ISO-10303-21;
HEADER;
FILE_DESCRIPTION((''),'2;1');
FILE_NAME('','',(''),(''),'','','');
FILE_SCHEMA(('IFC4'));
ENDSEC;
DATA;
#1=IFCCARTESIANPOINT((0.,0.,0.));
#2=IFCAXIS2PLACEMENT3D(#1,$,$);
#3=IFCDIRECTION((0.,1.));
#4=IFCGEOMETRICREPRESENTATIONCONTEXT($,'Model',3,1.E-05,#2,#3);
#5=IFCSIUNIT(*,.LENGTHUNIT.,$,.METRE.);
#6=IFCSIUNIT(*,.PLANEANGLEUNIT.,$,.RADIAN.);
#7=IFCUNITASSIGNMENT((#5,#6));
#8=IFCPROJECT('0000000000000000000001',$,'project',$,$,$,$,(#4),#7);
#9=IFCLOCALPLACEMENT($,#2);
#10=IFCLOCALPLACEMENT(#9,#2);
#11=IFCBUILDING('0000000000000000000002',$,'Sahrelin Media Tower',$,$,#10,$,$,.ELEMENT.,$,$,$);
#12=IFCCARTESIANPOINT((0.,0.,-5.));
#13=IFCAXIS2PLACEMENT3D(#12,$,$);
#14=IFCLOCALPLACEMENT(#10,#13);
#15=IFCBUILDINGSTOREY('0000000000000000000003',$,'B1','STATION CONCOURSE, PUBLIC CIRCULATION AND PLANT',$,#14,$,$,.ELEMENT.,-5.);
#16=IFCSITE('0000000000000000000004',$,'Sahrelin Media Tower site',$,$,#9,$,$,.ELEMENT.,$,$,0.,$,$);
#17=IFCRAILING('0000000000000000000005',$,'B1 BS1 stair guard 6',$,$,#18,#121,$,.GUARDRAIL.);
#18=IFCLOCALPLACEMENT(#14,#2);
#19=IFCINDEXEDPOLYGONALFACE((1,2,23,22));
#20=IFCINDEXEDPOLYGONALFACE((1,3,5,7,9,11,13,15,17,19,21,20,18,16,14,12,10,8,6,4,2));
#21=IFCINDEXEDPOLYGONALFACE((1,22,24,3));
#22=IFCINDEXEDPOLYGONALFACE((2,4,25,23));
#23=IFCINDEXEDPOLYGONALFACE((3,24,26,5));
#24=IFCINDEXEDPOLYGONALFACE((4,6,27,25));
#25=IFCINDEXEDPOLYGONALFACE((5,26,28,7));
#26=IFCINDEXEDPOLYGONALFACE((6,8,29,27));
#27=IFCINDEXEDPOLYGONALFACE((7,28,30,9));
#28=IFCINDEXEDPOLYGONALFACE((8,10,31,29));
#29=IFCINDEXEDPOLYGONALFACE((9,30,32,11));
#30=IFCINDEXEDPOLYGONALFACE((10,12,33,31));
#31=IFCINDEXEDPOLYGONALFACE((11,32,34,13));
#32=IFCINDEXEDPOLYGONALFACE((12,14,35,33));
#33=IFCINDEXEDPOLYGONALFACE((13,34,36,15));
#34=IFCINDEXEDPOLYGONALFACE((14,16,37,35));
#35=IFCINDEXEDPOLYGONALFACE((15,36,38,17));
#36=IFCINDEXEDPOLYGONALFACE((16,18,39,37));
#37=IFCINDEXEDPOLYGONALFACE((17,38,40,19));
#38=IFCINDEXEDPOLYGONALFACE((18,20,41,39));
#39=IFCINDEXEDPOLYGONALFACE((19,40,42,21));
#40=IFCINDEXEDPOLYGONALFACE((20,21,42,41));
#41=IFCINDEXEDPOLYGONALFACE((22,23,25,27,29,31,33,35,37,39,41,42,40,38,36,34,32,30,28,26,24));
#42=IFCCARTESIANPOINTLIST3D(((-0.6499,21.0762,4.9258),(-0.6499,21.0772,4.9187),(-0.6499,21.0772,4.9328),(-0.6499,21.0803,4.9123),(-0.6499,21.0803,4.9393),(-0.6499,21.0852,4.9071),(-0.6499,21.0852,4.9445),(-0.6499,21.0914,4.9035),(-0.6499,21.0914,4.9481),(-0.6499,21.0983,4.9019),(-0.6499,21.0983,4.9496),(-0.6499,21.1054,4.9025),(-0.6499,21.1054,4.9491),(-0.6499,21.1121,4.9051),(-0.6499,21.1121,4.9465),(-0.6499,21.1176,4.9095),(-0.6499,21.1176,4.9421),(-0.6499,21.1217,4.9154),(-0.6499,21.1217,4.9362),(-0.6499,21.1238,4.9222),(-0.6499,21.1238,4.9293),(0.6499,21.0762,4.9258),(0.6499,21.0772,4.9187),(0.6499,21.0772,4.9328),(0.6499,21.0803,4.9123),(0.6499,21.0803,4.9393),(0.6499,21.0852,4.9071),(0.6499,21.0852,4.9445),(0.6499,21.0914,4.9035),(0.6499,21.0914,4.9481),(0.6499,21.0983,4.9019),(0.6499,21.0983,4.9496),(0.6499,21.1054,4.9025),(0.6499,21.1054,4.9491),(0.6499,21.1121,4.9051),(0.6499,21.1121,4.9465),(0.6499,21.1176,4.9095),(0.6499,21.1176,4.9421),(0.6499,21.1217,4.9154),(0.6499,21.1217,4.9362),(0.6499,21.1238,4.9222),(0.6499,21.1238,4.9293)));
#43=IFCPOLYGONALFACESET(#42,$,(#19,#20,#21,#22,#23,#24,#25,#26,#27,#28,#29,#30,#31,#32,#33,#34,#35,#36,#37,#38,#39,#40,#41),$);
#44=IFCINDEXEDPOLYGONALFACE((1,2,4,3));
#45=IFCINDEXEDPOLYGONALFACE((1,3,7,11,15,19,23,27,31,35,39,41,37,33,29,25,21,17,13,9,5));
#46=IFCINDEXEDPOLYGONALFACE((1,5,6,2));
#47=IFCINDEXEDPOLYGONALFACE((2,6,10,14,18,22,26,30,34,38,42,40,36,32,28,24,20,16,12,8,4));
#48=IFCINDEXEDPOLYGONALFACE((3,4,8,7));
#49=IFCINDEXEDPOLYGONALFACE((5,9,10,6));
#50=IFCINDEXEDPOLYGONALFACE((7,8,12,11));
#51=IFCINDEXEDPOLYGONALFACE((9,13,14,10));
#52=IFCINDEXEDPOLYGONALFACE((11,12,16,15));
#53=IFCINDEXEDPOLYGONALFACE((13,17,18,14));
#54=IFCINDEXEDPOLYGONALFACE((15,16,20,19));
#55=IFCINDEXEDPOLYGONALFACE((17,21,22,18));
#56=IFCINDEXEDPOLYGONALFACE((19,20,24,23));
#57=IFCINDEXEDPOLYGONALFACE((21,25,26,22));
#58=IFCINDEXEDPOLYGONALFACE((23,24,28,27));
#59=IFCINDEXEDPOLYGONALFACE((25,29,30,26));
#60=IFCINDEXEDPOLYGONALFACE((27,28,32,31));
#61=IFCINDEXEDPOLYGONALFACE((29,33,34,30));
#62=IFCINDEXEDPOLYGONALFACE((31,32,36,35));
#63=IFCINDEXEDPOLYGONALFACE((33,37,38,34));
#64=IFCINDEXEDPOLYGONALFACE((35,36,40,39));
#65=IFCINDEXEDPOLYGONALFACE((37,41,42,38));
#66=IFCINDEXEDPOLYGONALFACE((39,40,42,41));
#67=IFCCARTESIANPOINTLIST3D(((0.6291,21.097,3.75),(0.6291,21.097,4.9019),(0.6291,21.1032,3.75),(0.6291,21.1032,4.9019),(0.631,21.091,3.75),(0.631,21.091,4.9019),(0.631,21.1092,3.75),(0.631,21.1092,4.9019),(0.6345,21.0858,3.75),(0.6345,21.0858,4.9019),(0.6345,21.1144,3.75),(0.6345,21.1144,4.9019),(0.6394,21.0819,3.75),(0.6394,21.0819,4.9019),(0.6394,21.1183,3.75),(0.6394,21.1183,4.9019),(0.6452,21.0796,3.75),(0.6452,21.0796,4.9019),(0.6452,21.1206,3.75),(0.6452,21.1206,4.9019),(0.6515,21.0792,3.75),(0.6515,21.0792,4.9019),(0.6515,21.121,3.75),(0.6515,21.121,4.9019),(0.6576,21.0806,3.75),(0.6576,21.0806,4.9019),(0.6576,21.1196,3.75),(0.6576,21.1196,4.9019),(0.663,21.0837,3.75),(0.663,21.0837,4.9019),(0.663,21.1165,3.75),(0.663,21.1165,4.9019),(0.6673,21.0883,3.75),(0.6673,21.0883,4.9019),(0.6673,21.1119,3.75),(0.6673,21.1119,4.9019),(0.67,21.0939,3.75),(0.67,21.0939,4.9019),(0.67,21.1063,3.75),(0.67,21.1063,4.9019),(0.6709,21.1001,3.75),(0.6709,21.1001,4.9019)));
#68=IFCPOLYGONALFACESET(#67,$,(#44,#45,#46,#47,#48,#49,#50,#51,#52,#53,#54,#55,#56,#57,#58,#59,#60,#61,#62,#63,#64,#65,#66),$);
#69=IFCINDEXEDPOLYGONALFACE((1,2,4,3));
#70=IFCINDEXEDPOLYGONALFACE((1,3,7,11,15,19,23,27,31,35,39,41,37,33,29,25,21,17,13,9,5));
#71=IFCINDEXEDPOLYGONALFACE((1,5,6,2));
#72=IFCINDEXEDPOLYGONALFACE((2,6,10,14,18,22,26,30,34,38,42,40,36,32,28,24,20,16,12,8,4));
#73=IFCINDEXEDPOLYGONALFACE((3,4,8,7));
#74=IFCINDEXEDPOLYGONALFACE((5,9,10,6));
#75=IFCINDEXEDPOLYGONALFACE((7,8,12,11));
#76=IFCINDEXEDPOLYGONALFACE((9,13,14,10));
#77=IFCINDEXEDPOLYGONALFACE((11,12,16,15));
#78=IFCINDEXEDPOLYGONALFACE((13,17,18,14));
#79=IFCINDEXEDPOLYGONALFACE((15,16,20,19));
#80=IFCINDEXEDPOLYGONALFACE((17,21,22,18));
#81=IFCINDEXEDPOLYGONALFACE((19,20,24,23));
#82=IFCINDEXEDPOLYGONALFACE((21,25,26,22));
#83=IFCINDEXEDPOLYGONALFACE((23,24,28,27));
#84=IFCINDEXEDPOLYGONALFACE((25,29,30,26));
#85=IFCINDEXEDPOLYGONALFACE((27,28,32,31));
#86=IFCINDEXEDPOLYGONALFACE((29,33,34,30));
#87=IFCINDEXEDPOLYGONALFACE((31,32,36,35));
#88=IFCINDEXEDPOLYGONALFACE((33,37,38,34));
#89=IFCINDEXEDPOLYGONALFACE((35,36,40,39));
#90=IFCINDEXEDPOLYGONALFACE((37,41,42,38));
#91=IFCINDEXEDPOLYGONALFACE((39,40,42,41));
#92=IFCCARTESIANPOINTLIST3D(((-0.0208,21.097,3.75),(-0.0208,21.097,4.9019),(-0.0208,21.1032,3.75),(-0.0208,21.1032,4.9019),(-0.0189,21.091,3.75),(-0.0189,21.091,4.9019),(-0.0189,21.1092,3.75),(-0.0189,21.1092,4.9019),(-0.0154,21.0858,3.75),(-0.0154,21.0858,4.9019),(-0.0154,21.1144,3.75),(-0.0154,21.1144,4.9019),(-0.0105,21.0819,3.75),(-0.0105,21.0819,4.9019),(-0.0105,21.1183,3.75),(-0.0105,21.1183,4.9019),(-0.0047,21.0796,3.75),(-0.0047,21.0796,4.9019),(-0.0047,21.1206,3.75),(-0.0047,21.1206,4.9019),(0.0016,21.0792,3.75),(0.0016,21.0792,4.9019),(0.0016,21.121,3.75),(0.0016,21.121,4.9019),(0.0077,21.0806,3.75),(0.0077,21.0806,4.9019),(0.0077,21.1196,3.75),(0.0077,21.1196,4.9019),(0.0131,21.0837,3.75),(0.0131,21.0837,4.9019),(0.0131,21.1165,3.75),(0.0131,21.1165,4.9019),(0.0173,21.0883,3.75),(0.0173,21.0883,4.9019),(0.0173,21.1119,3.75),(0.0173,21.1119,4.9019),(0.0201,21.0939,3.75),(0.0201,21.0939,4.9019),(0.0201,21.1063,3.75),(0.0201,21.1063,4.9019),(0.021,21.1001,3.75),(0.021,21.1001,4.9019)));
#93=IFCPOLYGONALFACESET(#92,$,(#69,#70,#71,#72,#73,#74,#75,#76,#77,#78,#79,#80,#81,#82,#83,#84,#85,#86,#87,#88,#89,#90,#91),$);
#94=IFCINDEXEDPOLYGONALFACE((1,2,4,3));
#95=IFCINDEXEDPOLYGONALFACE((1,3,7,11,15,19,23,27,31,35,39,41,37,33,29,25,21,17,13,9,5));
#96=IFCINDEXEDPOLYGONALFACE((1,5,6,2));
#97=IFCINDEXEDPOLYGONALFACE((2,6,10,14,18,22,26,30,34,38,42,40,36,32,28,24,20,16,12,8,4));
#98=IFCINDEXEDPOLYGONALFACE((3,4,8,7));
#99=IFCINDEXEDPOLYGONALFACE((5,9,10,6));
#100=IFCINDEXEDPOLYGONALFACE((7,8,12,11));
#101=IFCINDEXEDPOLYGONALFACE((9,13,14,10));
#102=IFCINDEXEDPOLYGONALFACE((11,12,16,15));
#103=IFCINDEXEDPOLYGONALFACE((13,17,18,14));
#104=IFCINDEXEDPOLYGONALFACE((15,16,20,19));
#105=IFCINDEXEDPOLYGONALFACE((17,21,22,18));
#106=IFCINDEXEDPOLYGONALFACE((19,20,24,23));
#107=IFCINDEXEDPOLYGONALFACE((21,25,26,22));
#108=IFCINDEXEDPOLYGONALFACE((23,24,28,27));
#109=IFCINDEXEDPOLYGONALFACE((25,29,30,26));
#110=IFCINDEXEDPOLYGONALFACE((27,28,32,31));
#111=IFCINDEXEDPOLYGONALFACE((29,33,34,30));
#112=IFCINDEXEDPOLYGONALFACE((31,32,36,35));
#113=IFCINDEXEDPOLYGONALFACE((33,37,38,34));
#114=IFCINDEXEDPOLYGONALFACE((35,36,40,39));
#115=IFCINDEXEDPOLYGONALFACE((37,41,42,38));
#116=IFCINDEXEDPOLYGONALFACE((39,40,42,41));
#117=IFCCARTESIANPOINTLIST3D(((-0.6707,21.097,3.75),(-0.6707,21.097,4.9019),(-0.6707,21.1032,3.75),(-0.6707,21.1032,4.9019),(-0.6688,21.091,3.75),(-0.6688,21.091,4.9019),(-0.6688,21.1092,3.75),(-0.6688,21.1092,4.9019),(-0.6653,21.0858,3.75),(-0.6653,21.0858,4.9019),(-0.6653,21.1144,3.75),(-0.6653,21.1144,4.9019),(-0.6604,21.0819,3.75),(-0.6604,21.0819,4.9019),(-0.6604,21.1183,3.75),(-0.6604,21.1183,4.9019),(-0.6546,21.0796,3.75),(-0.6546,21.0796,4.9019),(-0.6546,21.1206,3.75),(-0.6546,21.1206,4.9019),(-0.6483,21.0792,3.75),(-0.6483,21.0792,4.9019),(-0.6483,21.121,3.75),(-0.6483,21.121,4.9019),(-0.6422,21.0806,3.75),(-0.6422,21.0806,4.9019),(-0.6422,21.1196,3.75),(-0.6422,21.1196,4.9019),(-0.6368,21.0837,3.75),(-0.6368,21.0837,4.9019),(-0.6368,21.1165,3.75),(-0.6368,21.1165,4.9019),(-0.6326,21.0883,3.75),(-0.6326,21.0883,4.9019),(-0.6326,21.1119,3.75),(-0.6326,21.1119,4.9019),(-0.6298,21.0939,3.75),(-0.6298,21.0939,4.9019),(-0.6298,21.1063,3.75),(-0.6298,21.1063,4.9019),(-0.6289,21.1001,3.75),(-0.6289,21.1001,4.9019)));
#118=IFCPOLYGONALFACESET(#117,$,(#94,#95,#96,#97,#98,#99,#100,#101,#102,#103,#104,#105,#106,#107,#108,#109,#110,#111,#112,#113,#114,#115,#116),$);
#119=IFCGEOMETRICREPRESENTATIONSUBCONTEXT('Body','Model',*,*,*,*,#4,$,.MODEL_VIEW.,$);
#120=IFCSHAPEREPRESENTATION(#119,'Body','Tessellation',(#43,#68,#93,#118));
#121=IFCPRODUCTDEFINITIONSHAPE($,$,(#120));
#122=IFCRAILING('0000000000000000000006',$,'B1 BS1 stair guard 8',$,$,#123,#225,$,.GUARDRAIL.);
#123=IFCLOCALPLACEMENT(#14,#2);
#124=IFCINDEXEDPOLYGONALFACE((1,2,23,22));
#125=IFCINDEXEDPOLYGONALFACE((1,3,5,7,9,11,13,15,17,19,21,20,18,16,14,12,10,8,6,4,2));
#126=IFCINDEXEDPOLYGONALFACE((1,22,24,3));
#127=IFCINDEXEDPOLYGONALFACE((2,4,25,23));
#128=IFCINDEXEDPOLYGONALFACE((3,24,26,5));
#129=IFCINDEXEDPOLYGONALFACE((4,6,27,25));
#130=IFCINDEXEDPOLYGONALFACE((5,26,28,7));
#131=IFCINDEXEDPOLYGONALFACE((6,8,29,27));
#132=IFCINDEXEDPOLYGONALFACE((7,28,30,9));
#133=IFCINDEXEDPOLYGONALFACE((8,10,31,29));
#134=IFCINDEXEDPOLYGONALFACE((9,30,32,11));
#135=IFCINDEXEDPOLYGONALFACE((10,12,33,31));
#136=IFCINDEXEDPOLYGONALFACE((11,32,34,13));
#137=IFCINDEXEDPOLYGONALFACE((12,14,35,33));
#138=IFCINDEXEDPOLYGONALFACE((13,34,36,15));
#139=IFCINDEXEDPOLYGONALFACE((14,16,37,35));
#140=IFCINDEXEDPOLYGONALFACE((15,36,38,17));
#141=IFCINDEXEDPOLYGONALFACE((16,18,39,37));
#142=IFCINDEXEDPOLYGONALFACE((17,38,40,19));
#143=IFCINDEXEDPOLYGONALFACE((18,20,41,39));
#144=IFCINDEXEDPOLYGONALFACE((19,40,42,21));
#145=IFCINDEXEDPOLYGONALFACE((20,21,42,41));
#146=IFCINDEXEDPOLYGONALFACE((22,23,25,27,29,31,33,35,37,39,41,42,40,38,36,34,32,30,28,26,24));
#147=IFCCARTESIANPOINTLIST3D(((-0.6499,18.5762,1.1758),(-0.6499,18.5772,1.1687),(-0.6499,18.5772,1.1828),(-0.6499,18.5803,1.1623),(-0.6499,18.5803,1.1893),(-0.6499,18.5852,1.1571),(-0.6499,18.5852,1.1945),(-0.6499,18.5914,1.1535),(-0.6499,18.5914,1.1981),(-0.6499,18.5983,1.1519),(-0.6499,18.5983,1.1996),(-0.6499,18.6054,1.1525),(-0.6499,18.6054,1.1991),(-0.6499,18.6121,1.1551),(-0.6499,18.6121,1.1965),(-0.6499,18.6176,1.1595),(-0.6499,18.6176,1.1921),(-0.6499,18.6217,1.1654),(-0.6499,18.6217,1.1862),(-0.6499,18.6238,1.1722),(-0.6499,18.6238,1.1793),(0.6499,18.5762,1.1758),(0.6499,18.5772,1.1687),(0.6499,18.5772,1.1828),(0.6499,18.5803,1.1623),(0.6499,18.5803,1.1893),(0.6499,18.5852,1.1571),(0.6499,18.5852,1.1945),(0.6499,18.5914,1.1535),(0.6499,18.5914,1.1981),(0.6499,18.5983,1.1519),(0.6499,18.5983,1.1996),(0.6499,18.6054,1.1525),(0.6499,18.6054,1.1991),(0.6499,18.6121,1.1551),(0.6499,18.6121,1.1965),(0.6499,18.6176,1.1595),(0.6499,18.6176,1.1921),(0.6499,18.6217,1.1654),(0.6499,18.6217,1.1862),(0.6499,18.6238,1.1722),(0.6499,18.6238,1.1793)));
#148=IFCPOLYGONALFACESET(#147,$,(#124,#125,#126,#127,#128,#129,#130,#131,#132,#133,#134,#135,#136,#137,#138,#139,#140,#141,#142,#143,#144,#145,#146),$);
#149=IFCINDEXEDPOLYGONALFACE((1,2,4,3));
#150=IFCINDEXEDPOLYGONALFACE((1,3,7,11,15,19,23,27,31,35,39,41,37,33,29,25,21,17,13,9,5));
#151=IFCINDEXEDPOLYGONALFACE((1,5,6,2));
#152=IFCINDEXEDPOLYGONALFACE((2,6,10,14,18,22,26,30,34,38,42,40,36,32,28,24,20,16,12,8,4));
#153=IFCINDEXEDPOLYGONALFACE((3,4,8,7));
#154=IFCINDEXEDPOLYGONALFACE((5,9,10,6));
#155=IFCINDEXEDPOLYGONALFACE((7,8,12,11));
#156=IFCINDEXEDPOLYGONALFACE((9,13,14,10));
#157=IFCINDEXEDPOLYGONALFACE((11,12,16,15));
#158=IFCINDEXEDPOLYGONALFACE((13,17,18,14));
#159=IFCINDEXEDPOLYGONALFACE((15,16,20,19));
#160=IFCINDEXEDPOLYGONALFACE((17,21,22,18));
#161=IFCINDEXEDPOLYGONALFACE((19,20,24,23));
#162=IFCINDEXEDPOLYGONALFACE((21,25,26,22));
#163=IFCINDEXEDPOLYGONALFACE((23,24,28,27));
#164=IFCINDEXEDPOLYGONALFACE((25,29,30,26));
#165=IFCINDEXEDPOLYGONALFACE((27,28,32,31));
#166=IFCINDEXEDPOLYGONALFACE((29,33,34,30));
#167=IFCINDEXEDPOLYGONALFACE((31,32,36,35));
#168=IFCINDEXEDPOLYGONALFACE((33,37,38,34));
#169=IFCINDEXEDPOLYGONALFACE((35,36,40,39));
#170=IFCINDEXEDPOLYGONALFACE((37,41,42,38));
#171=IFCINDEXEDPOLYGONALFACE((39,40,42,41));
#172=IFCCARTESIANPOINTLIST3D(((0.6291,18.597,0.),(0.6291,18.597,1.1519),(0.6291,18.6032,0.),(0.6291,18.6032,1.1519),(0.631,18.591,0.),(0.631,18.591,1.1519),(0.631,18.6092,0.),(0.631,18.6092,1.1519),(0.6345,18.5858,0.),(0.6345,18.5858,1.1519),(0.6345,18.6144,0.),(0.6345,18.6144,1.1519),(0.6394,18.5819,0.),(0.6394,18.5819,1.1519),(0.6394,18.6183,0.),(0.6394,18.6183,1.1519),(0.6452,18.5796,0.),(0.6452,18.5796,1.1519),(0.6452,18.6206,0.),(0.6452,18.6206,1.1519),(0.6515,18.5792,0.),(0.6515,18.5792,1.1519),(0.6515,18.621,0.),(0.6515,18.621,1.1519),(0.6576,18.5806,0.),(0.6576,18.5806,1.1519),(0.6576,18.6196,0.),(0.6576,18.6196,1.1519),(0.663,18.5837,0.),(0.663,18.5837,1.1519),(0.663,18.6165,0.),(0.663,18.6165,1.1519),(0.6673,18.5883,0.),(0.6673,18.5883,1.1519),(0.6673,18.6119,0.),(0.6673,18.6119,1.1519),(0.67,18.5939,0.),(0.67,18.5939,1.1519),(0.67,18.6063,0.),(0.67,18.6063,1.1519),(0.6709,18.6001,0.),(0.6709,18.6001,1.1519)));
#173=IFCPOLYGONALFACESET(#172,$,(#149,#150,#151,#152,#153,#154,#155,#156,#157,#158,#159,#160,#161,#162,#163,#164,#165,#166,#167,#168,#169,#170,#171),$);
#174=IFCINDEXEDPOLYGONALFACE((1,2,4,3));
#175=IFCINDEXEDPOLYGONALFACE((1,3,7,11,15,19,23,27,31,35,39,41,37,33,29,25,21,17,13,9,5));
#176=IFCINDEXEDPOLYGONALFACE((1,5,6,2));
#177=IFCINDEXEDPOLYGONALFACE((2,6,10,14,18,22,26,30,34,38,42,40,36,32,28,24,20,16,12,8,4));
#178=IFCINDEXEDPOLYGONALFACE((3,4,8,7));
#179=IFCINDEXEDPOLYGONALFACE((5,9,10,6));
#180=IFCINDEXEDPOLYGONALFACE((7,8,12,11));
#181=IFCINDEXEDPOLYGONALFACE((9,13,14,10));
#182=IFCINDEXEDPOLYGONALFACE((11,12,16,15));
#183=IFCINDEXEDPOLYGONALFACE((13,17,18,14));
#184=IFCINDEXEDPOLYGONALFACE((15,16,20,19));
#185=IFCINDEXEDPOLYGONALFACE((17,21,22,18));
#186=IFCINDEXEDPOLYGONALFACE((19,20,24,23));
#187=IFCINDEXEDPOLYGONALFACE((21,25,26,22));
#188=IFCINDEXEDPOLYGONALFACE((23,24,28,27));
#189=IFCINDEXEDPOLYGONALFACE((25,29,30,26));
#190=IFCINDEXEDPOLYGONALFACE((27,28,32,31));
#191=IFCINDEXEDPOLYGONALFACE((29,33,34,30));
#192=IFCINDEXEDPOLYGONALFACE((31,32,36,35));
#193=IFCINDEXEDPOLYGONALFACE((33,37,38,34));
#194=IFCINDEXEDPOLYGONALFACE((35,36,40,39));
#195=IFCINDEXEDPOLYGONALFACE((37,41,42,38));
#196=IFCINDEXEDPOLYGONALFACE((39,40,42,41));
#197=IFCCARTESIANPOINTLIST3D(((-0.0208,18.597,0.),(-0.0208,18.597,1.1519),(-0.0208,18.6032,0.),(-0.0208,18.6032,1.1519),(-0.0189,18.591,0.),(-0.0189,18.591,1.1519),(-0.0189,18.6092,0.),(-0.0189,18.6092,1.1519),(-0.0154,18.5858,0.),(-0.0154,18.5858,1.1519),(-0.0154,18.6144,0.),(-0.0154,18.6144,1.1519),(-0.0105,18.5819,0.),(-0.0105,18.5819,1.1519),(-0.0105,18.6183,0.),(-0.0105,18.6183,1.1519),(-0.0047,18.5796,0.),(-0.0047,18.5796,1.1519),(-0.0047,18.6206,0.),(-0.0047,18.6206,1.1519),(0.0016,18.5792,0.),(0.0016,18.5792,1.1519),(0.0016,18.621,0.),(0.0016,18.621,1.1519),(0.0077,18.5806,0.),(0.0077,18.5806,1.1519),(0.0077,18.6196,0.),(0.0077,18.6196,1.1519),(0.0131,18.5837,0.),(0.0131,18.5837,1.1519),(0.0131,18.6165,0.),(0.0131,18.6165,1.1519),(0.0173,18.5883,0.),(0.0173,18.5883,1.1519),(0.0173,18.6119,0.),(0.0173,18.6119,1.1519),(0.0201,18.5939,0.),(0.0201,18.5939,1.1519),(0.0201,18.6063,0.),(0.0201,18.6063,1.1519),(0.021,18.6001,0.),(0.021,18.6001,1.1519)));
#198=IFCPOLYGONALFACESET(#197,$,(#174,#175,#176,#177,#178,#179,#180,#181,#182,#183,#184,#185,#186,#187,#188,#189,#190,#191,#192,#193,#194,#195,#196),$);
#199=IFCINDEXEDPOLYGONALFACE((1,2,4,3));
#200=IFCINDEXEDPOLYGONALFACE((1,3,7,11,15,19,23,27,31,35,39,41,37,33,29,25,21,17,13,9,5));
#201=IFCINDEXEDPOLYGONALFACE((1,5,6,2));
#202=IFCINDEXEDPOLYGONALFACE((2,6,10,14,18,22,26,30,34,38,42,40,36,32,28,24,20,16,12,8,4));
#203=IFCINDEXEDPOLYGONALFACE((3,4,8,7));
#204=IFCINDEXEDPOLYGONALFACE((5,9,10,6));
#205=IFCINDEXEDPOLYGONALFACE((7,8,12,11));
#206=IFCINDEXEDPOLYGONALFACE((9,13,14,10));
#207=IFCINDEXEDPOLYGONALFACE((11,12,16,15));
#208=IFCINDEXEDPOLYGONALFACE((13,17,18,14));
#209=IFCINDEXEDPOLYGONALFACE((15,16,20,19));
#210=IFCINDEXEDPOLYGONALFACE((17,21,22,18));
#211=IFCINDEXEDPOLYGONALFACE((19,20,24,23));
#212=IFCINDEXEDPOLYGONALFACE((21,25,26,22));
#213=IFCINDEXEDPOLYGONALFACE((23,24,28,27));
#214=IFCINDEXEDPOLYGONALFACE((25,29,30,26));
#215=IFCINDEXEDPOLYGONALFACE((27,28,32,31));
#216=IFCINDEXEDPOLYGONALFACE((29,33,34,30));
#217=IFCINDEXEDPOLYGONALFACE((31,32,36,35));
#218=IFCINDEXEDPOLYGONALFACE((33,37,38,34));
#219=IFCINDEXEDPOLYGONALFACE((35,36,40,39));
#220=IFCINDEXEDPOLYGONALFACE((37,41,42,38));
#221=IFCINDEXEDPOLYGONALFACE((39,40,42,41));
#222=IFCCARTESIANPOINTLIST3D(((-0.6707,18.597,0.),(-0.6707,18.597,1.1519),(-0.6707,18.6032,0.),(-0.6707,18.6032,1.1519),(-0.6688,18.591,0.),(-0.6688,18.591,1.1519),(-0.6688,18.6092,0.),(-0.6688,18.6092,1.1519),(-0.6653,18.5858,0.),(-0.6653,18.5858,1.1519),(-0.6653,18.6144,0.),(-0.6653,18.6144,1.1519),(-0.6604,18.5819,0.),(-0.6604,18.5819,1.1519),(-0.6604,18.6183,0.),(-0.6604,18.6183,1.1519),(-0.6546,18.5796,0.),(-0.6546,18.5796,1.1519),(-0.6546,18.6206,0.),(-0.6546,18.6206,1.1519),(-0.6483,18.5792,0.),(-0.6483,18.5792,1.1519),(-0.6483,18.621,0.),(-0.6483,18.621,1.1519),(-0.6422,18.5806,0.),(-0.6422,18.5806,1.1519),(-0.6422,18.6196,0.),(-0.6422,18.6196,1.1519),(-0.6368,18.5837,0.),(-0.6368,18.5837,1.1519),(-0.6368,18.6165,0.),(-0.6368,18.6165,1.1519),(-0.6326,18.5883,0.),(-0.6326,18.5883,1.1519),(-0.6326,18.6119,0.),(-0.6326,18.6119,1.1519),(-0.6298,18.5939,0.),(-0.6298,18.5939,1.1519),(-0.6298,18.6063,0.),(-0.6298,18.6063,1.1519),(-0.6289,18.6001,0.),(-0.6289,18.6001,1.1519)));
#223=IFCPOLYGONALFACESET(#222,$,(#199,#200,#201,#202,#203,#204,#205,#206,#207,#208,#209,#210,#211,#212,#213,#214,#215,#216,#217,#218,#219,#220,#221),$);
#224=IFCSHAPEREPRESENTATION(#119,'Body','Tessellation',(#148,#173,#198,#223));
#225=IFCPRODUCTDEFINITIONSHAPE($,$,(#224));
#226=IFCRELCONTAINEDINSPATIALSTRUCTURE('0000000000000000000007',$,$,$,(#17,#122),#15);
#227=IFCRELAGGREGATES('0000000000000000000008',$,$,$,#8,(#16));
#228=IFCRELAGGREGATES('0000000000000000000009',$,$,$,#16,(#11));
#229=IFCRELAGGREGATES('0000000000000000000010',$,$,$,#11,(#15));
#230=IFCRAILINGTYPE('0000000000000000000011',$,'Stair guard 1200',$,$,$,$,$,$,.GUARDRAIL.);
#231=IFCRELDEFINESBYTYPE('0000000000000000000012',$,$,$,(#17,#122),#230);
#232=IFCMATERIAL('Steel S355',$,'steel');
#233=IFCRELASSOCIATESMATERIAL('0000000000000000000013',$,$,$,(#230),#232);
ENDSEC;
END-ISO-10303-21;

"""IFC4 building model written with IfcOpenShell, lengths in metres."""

from ifc_helpers import new_model, si_unit, direction, frame, origin, origin_2d, place, context, subcontext, project, spatial, circle, extrude, material, type_object, element, save


model = new_model("IFC4")

# Units and contexts
model_context = context("Model", 3, precision=1e-05, world=origin(), true_north=direction((0.0, 1.0)))
body_context = subcontext(model_context, "Body", "Model", "MODEL_VIEW")
ifc_project = project(units=[si_unit("LENGTHUNIT", "METRE"), si_unit("PLANEANGLEUNIT", "RADIAN")], contexts=[model_context])

# Site, building, storey
site_placement = place(None, origin())
site = spatial("IfcSite", under=ifc_project, at=site_placement, Name="Sahrelin Media Tower site", CompositionType="ELEMENT", RefElevation=0.0)
building_placement = place(site_placement, origin())
building = spatial("IfcBuilding", under=site, at=building_placement, Name="Sahrelin Media Tower", CompositionType="ELEMENT")
storey_placement = place(building_placement, frame((0.0, 0.0, -5.0)))
storey = spatial("IfcBuildingStorey", under=building, at=storey_placement, Name="B1", Description="STATION CONCOURSE, PUBLIC CIRCULATION AND PLANT", CompositionType="ELEMENT", Elevation=-5.0)

# Railings
ifc_material_1 = material(Name="Steel S355", Category="steel")
railing_type_1 = type_object("IfcRailingType", Name="Stair guard 1200", PredefinedType="GUARDRAIL", material=ifc_material_1)
for number, where, name in (
    (1, (0.6499, 21.1001, 3.75), "B1 BS1 stair guard 6"),
    (2, (0.6499, 18.6001, 0.0), "B1 BS1 stair guard 8"),
):
    element("IfcRailing", number, at=place(storey_placement, frame(where)), inside=storey, type_object=railing_type_1, Name=name, PredefinedType="GUARDRAIL", context=body_context, shape_type="SweptSolid", body=[
        extrude(circle(Radius=0.0239, at=origin_2d()), frame((0.0, 0.0, 1.1758), z_axis=(-1.0, 0.0, 0.0), x_axis=(0.0, -1.0, 0.0)), (0.0, 0.0, 1.0), 1.2998),
        extrude(circle(Radius=0.021, at=origin_2d()), origin(), (0.0, 0.0, 1.0), 1.1519),
        extrude(circle(Radius=0.021, at=origin_2d()), frame((-0.6499, 0.0, 0.0)), (0.0, 0.0, 1.0), 1.1519),
        extrude(circle(Radius=0.021, at=origin_2d()), frame((-1.2998, 0.0, 0.0)), (0.0, 0.0, 1.0), 1.1519),
    ])

save(model, "model.ifc")
